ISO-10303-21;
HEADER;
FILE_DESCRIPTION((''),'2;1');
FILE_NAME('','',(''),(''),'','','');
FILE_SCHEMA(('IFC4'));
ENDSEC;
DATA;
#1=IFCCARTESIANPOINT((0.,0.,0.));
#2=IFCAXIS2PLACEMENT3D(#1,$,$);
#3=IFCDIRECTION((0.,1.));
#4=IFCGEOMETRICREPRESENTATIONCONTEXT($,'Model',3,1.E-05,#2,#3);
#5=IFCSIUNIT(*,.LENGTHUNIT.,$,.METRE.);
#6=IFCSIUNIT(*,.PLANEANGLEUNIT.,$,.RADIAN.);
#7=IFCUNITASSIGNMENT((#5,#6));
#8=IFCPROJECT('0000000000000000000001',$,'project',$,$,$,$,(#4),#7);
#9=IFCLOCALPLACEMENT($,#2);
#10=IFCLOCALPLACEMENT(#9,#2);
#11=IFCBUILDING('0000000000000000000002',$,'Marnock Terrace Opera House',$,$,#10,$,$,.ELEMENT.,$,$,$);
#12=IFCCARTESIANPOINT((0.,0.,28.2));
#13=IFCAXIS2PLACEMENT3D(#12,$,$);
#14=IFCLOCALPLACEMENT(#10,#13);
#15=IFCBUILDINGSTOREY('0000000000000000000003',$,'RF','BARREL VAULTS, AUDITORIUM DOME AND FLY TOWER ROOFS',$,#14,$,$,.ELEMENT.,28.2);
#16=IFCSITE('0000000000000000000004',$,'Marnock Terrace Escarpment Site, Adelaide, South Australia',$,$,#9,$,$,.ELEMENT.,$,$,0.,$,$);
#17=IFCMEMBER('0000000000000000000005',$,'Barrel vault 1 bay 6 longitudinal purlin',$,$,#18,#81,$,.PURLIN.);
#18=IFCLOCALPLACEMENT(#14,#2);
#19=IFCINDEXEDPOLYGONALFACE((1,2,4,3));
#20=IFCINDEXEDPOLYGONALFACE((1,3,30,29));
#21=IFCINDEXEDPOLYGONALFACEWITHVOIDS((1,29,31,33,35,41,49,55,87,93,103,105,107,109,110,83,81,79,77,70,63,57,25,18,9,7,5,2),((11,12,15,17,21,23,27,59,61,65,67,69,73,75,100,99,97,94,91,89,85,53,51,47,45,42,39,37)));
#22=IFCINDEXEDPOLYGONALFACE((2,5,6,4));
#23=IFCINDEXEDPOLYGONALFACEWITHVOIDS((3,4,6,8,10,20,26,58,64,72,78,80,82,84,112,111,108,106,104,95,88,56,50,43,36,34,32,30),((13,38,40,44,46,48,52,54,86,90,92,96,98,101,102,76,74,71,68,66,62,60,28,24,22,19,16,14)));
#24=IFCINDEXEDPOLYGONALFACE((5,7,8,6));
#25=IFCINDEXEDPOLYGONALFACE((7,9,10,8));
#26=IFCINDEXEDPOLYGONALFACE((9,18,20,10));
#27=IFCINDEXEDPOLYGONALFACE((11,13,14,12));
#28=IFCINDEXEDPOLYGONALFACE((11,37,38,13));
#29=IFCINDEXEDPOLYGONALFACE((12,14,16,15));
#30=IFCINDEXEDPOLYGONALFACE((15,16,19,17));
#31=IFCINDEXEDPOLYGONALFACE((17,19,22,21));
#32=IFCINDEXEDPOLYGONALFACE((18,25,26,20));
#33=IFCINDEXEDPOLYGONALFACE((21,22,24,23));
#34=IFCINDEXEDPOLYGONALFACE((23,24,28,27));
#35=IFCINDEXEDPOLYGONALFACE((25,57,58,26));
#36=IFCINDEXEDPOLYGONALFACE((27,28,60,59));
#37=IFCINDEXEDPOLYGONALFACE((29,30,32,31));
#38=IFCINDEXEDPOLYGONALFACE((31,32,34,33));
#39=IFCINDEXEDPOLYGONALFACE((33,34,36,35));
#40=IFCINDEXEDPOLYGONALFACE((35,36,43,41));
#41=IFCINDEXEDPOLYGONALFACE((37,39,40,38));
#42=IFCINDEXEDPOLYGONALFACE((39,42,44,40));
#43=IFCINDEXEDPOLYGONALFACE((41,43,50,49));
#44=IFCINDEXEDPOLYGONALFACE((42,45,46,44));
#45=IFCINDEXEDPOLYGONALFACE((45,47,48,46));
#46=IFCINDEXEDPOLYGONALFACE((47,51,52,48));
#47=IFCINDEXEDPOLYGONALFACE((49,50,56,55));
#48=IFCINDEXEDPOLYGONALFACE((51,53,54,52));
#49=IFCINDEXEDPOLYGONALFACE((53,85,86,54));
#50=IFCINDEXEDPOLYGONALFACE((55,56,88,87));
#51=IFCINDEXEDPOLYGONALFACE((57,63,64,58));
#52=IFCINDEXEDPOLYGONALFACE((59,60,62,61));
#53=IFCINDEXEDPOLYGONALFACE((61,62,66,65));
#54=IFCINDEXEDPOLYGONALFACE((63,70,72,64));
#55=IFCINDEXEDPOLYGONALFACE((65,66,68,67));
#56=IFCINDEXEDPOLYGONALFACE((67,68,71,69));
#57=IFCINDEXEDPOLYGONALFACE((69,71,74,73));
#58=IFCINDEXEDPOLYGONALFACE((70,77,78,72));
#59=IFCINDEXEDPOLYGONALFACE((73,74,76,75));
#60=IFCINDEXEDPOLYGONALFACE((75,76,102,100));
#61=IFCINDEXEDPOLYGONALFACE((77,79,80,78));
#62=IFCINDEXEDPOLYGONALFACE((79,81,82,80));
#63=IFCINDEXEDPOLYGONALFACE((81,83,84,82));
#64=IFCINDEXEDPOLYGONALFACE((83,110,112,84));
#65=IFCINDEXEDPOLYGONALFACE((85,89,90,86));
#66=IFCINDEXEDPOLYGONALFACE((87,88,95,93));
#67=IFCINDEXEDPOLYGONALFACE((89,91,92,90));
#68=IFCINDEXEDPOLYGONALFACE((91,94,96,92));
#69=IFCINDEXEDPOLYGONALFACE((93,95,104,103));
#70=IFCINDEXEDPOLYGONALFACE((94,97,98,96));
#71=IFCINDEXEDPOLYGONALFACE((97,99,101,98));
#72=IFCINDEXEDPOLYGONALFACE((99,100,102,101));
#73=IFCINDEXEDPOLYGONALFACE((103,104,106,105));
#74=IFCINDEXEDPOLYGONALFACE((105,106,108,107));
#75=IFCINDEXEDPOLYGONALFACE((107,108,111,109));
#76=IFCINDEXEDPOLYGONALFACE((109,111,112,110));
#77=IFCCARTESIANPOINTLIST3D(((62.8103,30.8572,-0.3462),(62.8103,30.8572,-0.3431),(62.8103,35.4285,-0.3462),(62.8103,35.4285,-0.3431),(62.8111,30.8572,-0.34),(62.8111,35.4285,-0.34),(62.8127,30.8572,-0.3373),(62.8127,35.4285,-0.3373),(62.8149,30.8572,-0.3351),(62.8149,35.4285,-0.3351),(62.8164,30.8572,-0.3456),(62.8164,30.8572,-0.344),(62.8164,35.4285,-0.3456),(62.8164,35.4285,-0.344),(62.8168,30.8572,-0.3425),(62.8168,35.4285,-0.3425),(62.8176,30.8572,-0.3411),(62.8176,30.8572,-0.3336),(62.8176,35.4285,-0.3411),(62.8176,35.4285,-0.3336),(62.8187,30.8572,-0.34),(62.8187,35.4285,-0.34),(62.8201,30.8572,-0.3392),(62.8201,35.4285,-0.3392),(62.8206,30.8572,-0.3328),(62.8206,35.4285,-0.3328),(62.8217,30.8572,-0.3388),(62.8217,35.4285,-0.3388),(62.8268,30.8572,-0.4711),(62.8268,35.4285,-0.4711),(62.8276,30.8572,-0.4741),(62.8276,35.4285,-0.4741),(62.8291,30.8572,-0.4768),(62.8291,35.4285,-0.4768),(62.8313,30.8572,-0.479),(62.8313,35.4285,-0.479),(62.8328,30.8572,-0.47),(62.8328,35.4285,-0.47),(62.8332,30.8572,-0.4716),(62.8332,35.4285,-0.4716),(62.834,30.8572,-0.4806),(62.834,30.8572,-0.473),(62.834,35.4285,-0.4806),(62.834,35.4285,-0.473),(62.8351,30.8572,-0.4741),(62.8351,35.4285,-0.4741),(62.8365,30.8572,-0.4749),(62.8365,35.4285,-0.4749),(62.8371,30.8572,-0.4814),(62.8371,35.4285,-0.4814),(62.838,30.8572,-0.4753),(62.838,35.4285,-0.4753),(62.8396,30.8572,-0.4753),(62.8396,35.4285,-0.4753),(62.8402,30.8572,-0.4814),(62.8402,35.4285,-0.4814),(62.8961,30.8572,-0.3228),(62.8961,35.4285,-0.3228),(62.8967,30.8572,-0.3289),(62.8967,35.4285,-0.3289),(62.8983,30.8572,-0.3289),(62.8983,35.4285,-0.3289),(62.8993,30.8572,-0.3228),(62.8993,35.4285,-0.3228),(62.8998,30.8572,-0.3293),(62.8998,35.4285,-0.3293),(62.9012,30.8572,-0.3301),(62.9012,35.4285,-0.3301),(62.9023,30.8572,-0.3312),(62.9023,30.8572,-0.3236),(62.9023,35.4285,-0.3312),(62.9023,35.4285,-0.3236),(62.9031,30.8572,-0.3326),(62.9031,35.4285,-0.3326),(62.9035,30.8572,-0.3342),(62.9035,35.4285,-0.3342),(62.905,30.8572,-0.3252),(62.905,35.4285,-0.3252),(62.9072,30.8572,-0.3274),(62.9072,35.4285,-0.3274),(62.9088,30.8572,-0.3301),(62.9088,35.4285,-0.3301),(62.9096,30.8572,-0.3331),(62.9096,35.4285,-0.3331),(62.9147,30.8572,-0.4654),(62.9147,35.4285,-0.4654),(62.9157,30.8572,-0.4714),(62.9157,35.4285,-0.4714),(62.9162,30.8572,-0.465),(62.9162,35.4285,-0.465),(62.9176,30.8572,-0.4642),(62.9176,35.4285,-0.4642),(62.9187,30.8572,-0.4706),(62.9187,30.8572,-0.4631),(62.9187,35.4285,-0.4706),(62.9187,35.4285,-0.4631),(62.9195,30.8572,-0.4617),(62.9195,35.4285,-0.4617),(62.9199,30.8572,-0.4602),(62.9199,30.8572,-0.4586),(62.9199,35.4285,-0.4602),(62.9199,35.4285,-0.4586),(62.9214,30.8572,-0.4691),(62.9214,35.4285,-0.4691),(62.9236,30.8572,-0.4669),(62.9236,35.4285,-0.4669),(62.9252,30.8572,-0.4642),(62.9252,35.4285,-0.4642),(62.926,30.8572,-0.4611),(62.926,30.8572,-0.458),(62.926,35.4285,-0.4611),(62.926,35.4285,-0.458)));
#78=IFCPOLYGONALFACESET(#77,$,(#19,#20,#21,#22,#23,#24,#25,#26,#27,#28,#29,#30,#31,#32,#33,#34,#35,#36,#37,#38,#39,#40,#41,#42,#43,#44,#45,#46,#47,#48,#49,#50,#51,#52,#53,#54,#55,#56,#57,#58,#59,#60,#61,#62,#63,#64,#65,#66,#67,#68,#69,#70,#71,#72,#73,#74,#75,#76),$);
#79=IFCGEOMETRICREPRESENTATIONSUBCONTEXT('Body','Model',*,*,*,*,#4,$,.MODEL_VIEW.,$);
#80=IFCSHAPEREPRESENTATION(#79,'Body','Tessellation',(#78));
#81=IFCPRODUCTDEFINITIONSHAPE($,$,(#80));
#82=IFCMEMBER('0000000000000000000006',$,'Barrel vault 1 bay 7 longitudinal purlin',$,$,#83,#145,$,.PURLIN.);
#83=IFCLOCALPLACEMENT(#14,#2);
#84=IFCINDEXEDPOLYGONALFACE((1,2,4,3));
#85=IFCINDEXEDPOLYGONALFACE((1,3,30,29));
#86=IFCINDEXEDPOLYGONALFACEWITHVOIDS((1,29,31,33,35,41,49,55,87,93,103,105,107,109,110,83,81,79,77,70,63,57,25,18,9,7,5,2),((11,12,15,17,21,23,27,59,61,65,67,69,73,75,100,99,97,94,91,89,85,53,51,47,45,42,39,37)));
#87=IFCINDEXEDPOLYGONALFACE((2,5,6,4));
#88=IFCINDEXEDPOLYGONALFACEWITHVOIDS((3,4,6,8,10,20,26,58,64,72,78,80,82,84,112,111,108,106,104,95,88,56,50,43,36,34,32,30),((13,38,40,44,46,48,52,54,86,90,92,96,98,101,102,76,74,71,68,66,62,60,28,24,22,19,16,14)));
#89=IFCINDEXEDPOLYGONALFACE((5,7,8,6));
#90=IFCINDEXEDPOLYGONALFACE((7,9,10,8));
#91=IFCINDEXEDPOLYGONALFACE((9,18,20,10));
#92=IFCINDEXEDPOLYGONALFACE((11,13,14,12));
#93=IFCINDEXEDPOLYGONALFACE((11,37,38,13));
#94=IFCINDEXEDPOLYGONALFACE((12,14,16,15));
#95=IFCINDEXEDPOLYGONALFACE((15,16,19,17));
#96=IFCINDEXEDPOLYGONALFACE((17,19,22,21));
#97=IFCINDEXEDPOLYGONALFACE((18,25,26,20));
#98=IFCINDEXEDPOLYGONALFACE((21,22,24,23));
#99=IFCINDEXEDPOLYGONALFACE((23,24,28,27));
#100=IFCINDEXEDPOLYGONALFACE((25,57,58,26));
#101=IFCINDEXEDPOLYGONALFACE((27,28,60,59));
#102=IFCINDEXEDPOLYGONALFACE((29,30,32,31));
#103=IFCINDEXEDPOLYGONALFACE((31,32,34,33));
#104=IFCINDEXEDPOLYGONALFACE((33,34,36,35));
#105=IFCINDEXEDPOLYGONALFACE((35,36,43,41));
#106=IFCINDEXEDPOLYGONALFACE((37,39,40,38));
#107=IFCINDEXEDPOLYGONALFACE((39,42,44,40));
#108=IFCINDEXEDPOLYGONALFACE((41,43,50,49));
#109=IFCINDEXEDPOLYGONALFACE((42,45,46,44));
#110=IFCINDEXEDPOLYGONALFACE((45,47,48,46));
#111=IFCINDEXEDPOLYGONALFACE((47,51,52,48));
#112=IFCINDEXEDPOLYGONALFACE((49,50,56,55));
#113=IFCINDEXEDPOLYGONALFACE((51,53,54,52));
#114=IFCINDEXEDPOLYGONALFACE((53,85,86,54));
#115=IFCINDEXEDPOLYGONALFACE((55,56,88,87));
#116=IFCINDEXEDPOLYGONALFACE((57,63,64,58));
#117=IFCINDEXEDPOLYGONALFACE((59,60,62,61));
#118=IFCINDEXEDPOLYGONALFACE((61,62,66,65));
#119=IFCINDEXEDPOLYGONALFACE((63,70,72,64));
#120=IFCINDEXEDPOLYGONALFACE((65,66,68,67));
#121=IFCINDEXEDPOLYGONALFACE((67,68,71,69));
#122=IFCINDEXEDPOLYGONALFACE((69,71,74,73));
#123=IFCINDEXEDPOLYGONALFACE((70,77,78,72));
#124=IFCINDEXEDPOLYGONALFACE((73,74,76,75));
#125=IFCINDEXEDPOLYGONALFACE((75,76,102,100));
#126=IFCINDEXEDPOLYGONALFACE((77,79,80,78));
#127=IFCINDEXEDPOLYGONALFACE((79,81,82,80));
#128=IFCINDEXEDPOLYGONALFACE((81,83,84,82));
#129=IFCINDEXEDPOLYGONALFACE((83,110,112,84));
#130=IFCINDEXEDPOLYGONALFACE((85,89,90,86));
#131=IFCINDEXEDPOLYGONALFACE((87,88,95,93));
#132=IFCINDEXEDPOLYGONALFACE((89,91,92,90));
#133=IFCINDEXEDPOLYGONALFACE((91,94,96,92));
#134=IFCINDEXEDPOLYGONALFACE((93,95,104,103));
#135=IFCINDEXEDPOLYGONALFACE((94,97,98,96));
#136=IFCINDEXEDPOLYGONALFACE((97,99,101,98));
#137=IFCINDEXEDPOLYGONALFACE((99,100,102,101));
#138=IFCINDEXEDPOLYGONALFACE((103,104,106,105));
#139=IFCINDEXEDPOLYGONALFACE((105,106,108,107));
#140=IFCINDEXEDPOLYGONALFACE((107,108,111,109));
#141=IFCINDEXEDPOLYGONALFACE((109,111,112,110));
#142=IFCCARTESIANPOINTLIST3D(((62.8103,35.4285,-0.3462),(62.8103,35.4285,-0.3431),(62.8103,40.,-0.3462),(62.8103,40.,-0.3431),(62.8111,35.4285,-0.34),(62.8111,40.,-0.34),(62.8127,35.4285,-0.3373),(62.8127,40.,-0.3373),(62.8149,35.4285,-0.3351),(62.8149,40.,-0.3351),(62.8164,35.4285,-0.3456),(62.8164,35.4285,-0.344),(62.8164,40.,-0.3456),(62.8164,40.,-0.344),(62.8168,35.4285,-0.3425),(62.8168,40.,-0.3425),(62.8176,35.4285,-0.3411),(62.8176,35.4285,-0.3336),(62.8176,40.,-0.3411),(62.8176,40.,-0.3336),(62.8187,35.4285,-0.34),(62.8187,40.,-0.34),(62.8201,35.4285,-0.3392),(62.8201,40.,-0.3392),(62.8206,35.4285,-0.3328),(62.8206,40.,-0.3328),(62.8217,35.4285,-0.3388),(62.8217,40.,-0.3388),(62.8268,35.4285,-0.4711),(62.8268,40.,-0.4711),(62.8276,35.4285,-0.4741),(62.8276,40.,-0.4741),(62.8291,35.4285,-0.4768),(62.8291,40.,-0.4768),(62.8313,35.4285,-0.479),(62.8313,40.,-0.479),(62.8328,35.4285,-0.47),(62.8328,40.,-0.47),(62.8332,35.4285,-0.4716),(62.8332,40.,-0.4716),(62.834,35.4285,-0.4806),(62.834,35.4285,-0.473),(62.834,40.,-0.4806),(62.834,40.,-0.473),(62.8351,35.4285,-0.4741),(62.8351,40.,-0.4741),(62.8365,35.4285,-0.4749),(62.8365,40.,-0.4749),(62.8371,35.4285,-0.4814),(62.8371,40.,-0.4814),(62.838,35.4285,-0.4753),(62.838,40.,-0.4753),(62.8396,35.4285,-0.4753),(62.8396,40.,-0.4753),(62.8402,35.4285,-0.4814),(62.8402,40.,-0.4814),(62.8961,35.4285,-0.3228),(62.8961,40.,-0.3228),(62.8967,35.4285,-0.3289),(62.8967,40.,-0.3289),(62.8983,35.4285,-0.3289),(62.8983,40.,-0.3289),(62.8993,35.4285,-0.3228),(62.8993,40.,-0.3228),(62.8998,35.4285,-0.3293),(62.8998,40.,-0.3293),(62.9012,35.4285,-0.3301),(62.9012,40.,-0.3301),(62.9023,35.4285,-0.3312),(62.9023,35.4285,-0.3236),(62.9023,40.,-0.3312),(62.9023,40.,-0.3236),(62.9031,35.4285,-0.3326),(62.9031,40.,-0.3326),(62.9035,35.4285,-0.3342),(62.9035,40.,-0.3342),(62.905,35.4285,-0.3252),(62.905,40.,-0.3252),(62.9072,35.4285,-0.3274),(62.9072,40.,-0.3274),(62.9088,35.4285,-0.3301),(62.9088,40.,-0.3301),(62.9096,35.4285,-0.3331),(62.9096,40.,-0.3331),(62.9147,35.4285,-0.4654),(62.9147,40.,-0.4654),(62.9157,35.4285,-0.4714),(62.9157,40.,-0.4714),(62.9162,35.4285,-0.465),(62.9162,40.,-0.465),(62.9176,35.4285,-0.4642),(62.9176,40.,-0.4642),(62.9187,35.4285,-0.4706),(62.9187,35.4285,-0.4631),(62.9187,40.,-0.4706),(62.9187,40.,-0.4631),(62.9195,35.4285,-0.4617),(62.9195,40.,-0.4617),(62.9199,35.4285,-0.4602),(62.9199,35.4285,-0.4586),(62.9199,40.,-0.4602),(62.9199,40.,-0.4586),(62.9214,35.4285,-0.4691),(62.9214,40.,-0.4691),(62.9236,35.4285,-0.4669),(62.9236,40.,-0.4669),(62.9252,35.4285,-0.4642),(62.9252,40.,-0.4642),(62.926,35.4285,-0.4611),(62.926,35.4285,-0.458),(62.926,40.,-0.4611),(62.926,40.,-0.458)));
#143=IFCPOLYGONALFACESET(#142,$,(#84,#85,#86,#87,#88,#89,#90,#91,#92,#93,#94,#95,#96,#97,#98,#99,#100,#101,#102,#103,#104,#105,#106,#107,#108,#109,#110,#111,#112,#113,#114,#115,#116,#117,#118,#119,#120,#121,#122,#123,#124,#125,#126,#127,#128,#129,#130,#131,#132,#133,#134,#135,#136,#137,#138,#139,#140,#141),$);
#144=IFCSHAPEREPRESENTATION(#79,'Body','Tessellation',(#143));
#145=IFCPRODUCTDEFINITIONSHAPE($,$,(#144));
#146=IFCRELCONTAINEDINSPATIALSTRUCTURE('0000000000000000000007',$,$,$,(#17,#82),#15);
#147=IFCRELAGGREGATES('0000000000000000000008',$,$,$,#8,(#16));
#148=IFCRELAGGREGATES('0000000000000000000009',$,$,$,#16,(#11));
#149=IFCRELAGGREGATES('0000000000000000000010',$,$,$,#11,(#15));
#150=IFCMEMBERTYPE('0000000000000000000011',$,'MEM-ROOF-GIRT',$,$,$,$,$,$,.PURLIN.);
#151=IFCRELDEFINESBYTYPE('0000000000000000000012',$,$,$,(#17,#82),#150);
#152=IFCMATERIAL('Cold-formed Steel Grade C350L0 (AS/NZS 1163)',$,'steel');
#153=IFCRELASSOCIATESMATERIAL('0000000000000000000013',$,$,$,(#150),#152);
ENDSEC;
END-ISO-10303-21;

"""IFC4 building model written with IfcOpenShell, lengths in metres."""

from ifc_helpers import new_model, si_unit, direction, frame, origin, origin_2d, place, context, subcontext, project, spatial, hollow_rectangle, extrude, material, material_profile, profile_set, type_object, element, save


model = new_model("IFC4")

# Units and contexts
model_context = context("Model", 3, precision=1e-05, world=origin(), true_north=direction((0.0, 1.0)))
body_context = subcontext(model_context, "Body", "Model", "MODEL_VIEW")
ifc_project = project(units=[si_unit("LENGTHUNIT", "METRE"), si_unit("PLANEANGLEUNIT", "RADIAN")], contexts=[model_context])

# Site, building, storey
site_placement = place(None, origin())
site = spatial("IfcSite", under=ifc_project, at=site_placement, Name="Marnock Terrace Escarpment Site, Adelaide, South Australia", CompositionType="ELEMENT", RefElevation=0.0)
building_placement = place(site_placement, origin())
building = spatial("IfcBuilding", under=site, at=building_placement, Name="Marnock Terrace Opera House", CompositionType="ELEMENT")
storey_placement = place(building_placement, frame((0.0, 0.0, 28.2)))
storey = spatial("IfcBuildingStorey", under=building, at=storey_placement, Name="RF", Description="BARREL VAULTS, AUDITORIUM DOME AND FLY TOWER ROOFS", CompositionType="ELEMENT", Elevation=28.2)

# Members
ifc_material_1 = material(Name="Cold-formed Steel Grade C350L0 (AS/NZS 1163)", Category="steel")
ifc_material_profile_1 = material_profile(ifc_material_1, hollow_rectangle(XDim=0.1001, YDim=0.1499, WallThickness=0.0061, InnerFilletRadius=0.0061, OuterFilletRadius=0.012, at=origin_2d()))
ifc_profile_set_1 = profile_set([ifc_material_profile_1], Name="Cold-formed Steel Grade C350L0 (AS/NZS 1163)")
member_type_1 = type_object("IfcMemberType", Name="MEM-ROOF-GIRT", PredefinedType="PURLIN", material=ifc_profile_set_1)
member_1_placement = place(storey_placement, frame((62.8682, 30.8572, -0.4021), z_axis=(0.0, 1.0, 0.0), x_axis=(-0.991445, 0.0, -0.130526)))
element("IfcMember", 1, at=member_1_placement, inside=storey, type_object=member_type_1, Name="Barrel vault 1 bay 6 longitudinal purlin", PredefinedType="PURLIN", context=body_context, shape_type="SweptSolid", body=[
    extrude(hollow_rectangle(XDim=0.1001, YDim=0.1499, WallThickness=0.0061, InnerFilletRadius=0.0061, OuterFilletRadius=0.012, at=origin_2d()), origin(), (0.0, 0.0, 1.0), 4.5713),
])
member_2_placement = place(storey_placement, frame((62.8682, 35.4285, -0.4021), z_axis=(0.0, 1.0, 0.0), x_axis=(-0.991445, 0.0, -0.130526)))
element("IfcMember", 2, at=member_2_placement, inside=storey, type_object=member_type_1, Name="Barrel vault 1 bay 7 longitudinal purlin", PredefinedType="PURLIN", context=body_context, shape_type="SweptSolid", body=[
    extrude(hollow_rectangle(XDim=0.1001, YDim=0.1499, WallThickness=0.0061, InnerFilletRadius=0.0061, OuterFilletRadius=0.012, at=origin_2d()), origin(), (0.0, 0.0, 1.0), 4.5715),
])

save(model, "model.ifc")
